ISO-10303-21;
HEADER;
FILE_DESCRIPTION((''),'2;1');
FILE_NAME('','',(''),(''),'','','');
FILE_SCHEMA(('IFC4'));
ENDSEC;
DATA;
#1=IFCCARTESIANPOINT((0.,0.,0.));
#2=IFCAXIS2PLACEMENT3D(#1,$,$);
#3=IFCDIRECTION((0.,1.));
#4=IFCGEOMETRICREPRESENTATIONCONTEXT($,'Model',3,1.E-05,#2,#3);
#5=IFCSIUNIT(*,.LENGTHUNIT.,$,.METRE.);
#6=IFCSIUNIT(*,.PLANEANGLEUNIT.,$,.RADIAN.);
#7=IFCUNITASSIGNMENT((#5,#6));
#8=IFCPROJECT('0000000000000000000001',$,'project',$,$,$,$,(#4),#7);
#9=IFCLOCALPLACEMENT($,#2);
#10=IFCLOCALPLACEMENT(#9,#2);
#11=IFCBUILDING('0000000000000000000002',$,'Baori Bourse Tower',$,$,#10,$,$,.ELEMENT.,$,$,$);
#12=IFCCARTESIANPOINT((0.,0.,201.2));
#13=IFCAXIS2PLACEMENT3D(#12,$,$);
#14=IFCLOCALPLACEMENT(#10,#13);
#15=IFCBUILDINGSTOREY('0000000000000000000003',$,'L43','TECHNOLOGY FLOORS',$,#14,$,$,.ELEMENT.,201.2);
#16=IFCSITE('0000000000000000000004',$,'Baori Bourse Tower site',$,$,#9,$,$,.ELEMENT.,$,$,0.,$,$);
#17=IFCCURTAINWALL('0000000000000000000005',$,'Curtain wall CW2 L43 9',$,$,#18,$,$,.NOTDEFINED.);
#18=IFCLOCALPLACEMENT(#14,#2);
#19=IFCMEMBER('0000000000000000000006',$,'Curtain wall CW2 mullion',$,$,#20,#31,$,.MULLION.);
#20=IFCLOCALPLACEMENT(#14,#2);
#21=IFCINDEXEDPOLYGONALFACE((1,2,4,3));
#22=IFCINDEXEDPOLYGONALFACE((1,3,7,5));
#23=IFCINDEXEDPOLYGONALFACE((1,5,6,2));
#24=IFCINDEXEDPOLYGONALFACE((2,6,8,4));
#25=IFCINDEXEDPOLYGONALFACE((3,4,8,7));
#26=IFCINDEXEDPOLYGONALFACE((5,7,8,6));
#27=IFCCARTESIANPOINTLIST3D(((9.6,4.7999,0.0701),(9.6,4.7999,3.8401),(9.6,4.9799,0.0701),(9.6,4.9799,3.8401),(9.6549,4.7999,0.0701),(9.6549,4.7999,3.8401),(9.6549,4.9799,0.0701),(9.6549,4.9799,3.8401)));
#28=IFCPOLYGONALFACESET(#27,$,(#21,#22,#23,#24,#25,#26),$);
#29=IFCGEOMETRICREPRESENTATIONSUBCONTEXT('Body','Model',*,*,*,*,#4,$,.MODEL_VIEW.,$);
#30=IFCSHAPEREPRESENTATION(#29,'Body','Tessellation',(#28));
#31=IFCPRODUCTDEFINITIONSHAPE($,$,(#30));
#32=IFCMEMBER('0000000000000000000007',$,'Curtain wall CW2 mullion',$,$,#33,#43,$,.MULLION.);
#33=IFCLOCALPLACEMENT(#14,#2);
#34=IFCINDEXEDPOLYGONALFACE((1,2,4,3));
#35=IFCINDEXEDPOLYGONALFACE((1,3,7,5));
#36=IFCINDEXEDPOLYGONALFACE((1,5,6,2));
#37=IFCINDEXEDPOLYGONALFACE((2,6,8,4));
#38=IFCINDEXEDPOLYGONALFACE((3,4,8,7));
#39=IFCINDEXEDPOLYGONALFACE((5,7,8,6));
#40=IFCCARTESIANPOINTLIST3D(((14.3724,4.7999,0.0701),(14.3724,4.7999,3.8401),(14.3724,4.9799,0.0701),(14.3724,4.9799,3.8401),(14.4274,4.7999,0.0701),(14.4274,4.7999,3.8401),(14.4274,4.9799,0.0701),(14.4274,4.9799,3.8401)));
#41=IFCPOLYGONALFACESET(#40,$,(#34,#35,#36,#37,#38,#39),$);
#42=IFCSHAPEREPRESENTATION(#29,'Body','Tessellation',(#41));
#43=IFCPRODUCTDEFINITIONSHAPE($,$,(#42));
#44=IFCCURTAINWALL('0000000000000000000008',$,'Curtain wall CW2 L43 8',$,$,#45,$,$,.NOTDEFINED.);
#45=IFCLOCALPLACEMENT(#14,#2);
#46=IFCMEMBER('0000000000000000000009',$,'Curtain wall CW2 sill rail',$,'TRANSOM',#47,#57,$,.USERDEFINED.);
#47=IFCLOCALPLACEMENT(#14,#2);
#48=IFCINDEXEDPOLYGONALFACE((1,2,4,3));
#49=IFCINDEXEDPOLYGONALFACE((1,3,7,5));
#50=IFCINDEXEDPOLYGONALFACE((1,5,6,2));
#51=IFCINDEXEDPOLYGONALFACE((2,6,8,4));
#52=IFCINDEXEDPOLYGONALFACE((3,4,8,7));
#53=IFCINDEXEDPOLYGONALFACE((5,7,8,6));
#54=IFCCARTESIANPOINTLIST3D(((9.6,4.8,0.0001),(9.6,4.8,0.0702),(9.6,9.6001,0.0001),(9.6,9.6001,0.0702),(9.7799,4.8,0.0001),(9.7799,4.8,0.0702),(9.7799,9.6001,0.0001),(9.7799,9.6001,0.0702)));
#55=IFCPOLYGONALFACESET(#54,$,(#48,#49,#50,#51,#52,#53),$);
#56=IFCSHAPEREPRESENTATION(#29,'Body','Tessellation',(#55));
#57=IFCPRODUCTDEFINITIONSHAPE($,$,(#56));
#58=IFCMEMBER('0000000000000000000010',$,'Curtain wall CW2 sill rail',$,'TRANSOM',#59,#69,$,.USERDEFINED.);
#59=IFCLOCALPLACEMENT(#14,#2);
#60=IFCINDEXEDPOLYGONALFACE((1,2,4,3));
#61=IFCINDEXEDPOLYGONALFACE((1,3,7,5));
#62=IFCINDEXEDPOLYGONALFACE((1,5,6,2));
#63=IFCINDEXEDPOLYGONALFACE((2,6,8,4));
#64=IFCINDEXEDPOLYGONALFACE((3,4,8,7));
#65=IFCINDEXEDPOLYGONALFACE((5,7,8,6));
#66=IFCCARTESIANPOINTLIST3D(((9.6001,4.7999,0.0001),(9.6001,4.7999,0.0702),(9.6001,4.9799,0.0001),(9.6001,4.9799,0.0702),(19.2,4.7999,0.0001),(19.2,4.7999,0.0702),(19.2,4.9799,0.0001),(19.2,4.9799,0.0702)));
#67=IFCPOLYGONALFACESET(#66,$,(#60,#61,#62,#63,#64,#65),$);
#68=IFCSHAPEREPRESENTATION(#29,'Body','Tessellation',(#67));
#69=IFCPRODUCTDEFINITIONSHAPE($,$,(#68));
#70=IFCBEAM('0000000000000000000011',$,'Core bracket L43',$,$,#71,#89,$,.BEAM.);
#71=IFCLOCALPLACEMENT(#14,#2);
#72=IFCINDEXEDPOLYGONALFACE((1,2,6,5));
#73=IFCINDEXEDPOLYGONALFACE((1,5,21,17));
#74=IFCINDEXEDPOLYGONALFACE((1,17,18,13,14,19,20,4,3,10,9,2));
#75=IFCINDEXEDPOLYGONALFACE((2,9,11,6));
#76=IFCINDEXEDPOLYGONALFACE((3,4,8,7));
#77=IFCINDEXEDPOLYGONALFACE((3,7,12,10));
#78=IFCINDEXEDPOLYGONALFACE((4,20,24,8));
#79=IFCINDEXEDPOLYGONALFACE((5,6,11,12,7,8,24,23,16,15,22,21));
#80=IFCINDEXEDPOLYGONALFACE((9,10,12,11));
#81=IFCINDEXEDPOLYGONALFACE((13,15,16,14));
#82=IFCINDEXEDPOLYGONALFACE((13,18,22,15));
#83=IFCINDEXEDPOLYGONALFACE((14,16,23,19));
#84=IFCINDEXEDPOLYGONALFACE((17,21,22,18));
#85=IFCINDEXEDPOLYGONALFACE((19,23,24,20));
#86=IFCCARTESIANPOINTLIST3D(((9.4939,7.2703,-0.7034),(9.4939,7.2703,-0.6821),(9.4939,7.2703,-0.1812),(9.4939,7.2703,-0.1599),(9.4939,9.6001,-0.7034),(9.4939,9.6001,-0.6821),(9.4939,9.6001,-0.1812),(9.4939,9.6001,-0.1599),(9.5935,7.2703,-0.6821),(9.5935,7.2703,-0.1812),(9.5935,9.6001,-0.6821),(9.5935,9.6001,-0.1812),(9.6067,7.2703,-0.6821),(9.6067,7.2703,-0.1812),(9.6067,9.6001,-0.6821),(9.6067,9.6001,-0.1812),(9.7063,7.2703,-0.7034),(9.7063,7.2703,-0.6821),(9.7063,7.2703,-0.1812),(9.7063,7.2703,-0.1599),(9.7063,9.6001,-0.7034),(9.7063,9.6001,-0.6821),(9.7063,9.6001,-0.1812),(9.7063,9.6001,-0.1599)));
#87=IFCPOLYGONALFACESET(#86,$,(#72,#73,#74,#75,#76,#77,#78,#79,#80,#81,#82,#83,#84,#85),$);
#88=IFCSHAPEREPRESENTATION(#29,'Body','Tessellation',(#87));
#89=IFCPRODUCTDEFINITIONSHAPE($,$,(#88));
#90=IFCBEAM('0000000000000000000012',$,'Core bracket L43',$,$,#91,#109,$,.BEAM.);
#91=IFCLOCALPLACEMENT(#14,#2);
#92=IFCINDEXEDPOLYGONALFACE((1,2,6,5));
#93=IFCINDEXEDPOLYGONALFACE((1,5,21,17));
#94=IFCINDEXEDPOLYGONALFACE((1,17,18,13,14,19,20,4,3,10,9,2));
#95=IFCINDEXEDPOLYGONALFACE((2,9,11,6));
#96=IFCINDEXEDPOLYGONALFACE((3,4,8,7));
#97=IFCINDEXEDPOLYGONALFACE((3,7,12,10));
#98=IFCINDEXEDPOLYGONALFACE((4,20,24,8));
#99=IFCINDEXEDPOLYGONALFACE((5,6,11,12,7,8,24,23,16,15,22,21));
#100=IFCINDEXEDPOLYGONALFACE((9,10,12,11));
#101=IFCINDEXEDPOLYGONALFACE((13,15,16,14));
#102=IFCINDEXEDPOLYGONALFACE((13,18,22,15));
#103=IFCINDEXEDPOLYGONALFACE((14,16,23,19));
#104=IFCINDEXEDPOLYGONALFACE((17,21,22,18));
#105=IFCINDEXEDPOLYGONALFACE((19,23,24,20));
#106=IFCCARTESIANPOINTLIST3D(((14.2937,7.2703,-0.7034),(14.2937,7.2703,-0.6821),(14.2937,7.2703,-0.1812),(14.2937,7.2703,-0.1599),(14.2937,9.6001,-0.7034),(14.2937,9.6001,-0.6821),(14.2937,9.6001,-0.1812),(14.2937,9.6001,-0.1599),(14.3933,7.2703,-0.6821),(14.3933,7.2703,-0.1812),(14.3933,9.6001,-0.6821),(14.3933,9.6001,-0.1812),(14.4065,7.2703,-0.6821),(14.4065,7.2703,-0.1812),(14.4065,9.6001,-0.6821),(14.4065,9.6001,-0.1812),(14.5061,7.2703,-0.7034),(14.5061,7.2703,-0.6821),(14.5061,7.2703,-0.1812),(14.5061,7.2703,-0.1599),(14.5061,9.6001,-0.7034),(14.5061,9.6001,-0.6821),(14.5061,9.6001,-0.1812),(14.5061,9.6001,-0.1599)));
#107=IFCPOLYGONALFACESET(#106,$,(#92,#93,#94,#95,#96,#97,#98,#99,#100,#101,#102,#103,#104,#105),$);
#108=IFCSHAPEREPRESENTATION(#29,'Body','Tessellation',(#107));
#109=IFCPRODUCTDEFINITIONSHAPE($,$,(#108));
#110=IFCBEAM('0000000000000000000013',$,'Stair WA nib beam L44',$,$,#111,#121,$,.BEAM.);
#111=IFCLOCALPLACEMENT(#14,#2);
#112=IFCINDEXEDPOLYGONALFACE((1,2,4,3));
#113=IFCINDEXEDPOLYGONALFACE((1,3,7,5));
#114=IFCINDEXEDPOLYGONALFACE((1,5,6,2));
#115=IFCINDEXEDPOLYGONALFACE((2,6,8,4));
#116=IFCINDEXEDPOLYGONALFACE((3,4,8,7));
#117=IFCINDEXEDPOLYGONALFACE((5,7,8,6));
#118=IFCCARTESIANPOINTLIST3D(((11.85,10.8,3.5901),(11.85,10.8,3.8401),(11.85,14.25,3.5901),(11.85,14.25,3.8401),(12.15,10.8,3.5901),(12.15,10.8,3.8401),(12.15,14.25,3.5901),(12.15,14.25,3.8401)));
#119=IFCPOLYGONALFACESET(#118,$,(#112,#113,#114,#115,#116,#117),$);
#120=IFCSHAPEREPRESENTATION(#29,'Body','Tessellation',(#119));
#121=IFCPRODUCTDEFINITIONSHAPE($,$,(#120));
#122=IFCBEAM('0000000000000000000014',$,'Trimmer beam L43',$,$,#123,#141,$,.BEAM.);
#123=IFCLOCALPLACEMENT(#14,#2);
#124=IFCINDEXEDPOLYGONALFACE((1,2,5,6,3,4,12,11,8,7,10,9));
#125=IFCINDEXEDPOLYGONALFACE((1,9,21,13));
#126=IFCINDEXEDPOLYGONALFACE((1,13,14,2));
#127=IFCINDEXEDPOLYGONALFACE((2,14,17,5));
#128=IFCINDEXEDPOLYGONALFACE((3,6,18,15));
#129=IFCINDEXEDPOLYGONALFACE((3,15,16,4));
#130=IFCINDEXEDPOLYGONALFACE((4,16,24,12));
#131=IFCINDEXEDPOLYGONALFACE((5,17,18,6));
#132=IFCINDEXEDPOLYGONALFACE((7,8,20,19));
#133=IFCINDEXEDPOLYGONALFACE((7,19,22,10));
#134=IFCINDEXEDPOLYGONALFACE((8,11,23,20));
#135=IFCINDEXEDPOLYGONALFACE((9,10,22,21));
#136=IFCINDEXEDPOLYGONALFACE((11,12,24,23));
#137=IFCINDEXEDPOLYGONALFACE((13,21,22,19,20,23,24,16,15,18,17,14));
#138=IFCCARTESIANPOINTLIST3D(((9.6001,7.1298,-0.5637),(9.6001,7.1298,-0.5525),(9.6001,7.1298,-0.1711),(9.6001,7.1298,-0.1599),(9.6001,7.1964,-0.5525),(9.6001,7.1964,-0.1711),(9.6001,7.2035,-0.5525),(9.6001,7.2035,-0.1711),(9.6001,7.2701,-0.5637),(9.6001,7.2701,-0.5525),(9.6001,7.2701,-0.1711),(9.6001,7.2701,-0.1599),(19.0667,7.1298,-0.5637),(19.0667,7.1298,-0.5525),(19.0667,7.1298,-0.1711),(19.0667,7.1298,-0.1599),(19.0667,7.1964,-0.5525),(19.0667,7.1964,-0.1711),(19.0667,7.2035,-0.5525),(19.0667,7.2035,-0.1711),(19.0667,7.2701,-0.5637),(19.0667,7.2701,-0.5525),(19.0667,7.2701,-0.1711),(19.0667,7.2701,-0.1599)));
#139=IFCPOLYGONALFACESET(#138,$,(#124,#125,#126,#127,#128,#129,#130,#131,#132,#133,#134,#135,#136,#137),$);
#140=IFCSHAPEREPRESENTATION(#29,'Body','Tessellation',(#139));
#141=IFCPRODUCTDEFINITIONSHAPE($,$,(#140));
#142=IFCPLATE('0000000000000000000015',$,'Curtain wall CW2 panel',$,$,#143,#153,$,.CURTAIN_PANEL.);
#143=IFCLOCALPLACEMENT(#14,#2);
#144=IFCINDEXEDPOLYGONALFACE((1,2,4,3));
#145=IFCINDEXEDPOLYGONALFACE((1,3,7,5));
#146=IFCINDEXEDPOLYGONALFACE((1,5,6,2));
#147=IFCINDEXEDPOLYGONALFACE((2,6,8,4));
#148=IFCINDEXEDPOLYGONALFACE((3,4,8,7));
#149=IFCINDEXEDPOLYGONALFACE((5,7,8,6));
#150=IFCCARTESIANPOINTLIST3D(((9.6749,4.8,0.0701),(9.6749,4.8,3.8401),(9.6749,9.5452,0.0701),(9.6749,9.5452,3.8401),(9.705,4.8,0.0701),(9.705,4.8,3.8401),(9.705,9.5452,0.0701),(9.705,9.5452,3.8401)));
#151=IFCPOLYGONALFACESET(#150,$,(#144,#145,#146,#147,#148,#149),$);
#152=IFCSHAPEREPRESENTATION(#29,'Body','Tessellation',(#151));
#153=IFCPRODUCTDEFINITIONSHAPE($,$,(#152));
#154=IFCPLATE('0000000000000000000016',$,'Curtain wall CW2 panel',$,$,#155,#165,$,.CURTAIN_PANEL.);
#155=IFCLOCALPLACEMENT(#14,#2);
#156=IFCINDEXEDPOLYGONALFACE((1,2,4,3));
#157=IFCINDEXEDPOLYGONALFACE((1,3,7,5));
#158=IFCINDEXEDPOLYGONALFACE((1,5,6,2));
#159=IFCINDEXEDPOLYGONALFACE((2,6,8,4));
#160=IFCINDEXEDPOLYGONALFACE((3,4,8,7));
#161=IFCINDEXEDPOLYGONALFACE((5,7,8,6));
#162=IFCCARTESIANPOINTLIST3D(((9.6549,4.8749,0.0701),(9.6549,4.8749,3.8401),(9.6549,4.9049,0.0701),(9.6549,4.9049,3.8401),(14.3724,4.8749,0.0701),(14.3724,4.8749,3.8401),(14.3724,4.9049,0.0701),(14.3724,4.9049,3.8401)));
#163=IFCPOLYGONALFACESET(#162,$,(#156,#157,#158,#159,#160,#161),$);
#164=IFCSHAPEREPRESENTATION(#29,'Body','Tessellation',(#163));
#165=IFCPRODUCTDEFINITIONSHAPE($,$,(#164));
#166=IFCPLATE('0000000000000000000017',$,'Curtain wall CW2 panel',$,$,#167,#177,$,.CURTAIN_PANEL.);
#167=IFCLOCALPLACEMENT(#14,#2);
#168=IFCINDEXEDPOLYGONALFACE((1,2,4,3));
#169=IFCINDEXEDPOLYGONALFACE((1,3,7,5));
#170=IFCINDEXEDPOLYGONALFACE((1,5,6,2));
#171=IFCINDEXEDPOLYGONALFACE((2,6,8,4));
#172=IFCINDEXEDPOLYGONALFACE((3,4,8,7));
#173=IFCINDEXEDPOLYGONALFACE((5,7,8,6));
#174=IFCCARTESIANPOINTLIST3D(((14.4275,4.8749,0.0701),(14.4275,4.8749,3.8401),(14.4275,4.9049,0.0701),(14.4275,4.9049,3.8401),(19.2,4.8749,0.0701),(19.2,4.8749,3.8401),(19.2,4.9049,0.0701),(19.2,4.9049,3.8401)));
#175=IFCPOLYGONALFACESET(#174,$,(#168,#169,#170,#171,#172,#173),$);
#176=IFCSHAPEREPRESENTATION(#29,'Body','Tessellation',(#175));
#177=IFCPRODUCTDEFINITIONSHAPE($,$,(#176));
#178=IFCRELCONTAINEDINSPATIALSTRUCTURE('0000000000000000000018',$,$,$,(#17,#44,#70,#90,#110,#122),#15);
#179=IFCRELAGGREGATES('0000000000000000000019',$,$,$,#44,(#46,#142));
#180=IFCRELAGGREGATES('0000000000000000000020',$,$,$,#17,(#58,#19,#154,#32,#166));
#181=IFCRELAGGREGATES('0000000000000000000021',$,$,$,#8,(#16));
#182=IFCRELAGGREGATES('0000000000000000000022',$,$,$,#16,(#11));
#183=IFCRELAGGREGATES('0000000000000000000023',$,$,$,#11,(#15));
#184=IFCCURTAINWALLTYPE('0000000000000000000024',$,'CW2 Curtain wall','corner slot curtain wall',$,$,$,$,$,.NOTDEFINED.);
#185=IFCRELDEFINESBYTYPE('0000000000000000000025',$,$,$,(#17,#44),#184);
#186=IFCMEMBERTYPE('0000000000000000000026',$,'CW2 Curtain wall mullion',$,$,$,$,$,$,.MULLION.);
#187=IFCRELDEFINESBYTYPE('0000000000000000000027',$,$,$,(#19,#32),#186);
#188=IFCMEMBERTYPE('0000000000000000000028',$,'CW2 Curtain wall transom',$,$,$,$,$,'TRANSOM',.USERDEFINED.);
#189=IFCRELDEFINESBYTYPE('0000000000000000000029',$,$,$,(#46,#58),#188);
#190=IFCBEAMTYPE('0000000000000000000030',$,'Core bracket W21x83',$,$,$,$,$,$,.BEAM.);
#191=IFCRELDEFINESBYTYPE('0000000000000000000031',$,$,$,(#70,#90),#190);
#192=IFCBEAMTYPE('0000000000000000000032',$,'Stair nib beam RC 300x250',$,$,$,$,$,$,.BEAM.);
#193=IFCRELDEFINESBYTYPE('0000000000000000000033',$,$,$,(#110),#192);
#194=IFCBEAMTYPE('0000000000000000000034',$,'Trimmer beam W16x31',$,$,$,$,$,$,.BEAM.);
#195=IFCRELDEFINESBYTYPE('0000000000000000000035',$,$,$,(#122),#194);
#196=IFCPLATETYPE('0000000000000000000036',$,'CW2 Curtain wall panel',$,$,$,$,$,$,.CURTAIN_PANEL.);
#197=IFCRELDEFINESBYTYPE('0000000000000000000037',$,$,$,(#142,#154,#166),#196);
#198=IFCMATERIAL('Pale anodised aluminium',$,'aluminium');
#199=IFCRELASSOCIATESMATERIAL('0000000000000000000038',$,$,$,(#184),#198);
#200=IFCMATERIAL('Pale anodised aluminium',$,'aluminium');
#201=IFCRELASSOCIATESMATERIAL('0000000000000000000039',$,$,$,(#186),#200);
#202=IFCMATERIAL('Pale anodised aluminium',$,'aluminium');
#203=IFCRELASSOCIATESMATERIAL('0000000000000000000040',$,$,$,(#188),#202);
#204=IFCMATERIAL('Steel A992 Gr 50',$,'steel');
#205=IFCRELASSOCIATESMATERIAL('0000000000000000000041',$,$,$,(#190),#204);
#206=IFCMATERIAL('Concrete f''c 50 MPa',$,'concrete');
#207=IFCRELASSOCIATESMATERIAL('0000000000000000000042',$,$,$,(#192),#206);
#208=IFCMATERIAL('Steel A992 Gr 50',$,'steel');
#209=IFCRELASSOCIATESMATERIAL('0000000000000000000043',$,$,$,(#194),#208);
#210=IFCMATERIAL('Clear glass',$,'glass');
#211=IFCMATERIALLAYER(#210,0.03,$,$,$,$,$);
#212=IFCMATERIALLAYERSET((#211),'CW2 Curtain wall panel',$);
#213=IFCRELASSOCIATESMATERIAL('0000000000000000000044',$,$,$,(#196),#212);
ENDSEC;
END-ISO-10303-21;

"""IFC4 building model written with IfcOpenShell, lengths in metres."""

from ifc_helpers import new_model, si_unit, direction, frame, origin, origin_2d, place, context, subcontext, project, spatial, rectangle, i_section, extrude, material, layer, layer_set, material_profile, profile_set, type_object, element, aggregate, save


model = new_model("IFC4")

# Units and contexts
model_context = context("Model", 3, precision=1e-05, world=origin(), true_north=direction((0.0, 1.0)))
body_context = subcontext(model_context, "Body", "Model", "MODEL_VIEW")
ifc_project = project(units=[si_unit("LENGTHUNIT", "METRE"), si_unit("PLANEANGLEUNIT", "RADIAN")], contexts=[model_context])

# Site, building, storey
site_placement = place(None, origin())
site = spatial("IfcSite", under=ifc_project, at=site_placement, Name="Baori Bourse Tower site", CompositionType="ELEMENT", RefElevation=0.0)
building_placement = place(site_placement, origin())
building = spatial("IfcBuilding", under=site, at=building_placement, Name="Baori Bourse Tower", CompositionType="ELEMENT")
storey_placement = place(building_placement, frame((0.0, 0.0, 201.2)))
storey = spatial("IfcBuildingStorey", under=building, at=storey_placement, Name="L43", Description="TECHNOLOGY FLOORS", CompositionType="ELEMENT", Elevation=201.2)

# Curtain wall, members
ifc_material_1 = material(Name="Pale anodised aluminium", Category="aluminium")
curtain_wall_type = type_object("IfcCurtainWallType", Name="CW2 Curtain wall", Description="corner slot curtain wall", PredefinedType="NOTDEFINED", material=ifc_material_1)
curtain_wall_1_placement = place(storey_placement, origin())
curtain_wall_1 = element("IfcCurtainWall", 1, at=curtain_wall_1_placement, inside=storey, type_object=curtain_wall_type, Name="Curtain wall CW2 L43 9", PredefinedType="NOTDEFINED")
ifc_material_2 = material(Name="Pale anodised aluminium", Category="aluminium")
ifc_material_profile_1 = material_profile(ifc_material_2, rectangle(XDim=0.1799, YDim=0.0549, at=origin_2d()), Name="Mullion 55x180")
ifc_profile_set_1 = profile_set([ifc_material_profile_1], Name="Pale anodised aluminium")
member_type_1 = type_object("IfcMemberType", Name="CW2 Curtain wall mullion", PredefinedType="MULLION", material=ifc_profile_set_1)
member_1_placement = place(storey_placement, frame((9.6274, 4.8899, 0.0701), z_axis=(0.0, 0.0, 1.0), x_axis=(0.0, 1.0, 0.0)))
member_1 = element("IfcMember", 2, at=member_1_placement, type_object=member_type_1, Name="Curtain wall CW2 mullion", PredefinedType="MULLION", context=body_context, shape_type="SweptSolid", body=[
    extrude(rectangle(XDim=0.1799, YDim=0.0549, at=origin_2d()), origin(), (0.0, 0.0, 1.0), 3.77),
])
member_2_placement = place(storey_placement, frame((14.3999, 4.8899, 0.0701), z_axis=(0.0, 0.0, 1.0), x_axis=(0.0, 1.0, 0.0)))
member_2 = element("IfcMember", 3, at=member_2_placement, type_object=member_type_1, Name="Curtain wall CW2 mullion", PredefinedType="MULLION", context=body_context, shape_type="SweptSolid", body=[
    extrude(rectangle(XDim=0.1799, YDim=0.0549, at=origin_2d()), origin(), (0.0, 0.0, 1.0), 3.77),
])

# Curtain wall, member
curtain_wall_2_placement = place(storey_placement, origin())
curtain_wall_2 = element("IfcCurtainWall", 4, at=curtain_wall_2_placement, inside=storey, type_object=curtain_wall_type, Name="Curtain wall CW2 L43 8", PredefinedType="NOTDEFINED")
ifc_material_3 = material(Name="Pale anodised aluminium", Category="aluminium")
ifc_material_profile_2 = material_profile(ifc_material_3, rectangle(XDim=0.1799, YDim=0.0701, at=origin_2d()), Name="Transom 70x180")
ifc_profile_set_2 = profile_set([ifc_material_profile_2], Name="Pale anodised aluminium")
member_type_2 = type_object("IfcMemberType", Name="CW2 Curtain wall transom", ElementType="TRANSOM", PredefinedType="USERDEFINED", material=ifc_profile_set_2)
member_3_placement = place(storey_placement, frame((9.6899, 9.6001, 0.0352), z_axis=(0.0, -1.0, 0.0), x_axis=(1.0, 0.0, 0.0)))
member_3 = element("IfcMember", 5, at=member_3_placement, type_object=member_type_2, Name="Curtain wall CW2 sill rail", ObjectType="TRANSOM", PredefinedType="USERDEFINED", context=body_context, shape_type="SweptSolid", body=[
    extrude(rectangle(XDim=0.1799, YDim=0.0701, at=origin_2d()), origin(), (0.0, 0.0, 1.0), 4.8),
])

# Member
member_4_placement = place(storey_placement, frame((9.6001, 4.8899, 0.0352), z_axis=(1.0, 0.0, 0.0), x_axis=(0.0, 1.0, 0.0)))
member_4 = element("IfcMember", 6, at=member_4_placement, type_object=member_type_2, Name="Curtain wall CW2 sill rail", ObjectType="TRANSOM", PredefinedType="USERDEFINED", context=body_context, shape_type="SweptSolid", body=[
    extrude(rectangle(XDim=0.1799, YDim=0.0701, at=origin_2d()), origin(), (0.0, 0.0, 1.0), 9.5999),
])

# Beams
ifc_material_4 = material(Name="Steel A992 Gr 50", Category="steel")
ifc_material_profile_3 = material_profile(ifc_material_4, i_section(OverallWidth=0.2124, OverallDepth=0.5435, WebThickness=0.0132, FlangeThickness=0.0212, at=origin_2d()), Name="W21x83")
ifc_profile_set_3 = profile_set([ifc_material_profile_3], Name="Steel A992 Gr 50")
beam_type_1 = type_object("IfcBeamType", Name="Core bracket W21x83", PredefinedType="BEAM", material=ifc_profile_set_3)
for number, where, z_axis, x_axis, name in (
    (7, (9.6001, 7.2703, -0.4316), (0.0, 1.0, 0.0), (-1.0, 0.0, 0.0), "Core bracket L43"),
    (8, (14.3999, 7.2703, -0.4316), (0.0, 1.0, 0.0), (-1.0, 0.0, 0.0), "Core bracket L43"),
):
    element("IfcBeam", number, at=place(storey_placement, frame(where, z_axis=z_axis, x_axis=x_axis)), inside=storey, type_object=beam_type_1, Name=name, PredefinedType="BEAM", context=body_context, shape_type="SweptSolid", body=[
        extrude(i_section(OverallWidth=0.2124, OverallDepth=0.5435, WebThickness=0.0132, FlangeThickness=0.0212, at=origin_2d()), origin(), (0.0, 0.0, 1.0), 2.3298),
    ])
ifc_material_5 = material(Name="Concrete f'c 50 MPa", Category="concrete")
ifc_material_profile_4 = material_profile(ifc_material_5, rectangle(XDim=0.3, YDim=0.25, at=origin_2d()), Name="RC 300x250")
ifc_profile_set_4 = profile_set([ifc_material_profile_4], Name="Concrete f'c 50 MPa")
beam_type_2 = type_object("IfcBeamType", Name="Stair nib beam RC 300x250", PredefinedType="BEAM", material=ifc_profile_set_4)
beam_1_placement = place(storey_placement, frame((12.0, 10.8, 3.7151), z_axis=(0.0, 1.0, 0.0), x_axis=(-1.0, 0.0, 0.0)))
element("IfcBeam", 9, at=beam_1_placement, inside=storey, type_object=beam_type_2, Name="Stair WA nib beam L44", PredefinedType="BEAM", context=body_context, shape_type="SweptSolid", body=[
    extrude(rectangle(XDim=0.3, YDim=0.25, at=origin_2d()), origin(), (0.0, 0.0, 1.0), 3.45),
])
ifc_material_6 = material(Name="Steel A992 Gr 50", Category="steel")
ifc_material_profile_5 = material_profile(ifc_material_6, i_section(OverallWidth=0.1404, OverallDepth=0.4038, WebThickness=0.0071, FlangeThickness=0.0112, at=origin_2d()), Name="W16x31")
ifc_profile_set_5 = profile_set([ifc_material_profile_5], Name="Steel A992 Gr 50")
beam_type_3 = type_object("IfcBeamType", Name="Trimmer beam W16x31", PredefinedType="BEAM", material=ifc_profile_set_5)
beam_2_placement = place(storey_placement, frame((9.6001, 7.2, -0.3618), z_axis=(1.0, 0.0, 0.0), x_axis=(0.0, 1.0, 0.0)))
element("IfcBeam", 10, at=beam_2_placement, inside=storey, type_object=beam_type_3, Name="Trimmer beam L43", PredefinedType="BEAM", context=body_context, shape_type="SweptSolid", body=[
    extrude(i_section(OverallWidth=0.1404, OverallDepth=0.4038, WebThickness=0.0071, FlangeThickness=0.0112, at=origin_2d()), origin(), (0.0, 0.0, 1.0), 9.4666),
])

# Plates
ifc_material_7 = material(Name="Clear glass", Category="glass")
ifc_layer_1 = layer(ifc_material_7, 0.03)
ifc_layer_set_1 = layer_set([ifc_layer_1], Name="CW2 Curtain wall panel")
plate_type = type_object("IfcPlateType", Name="CW2 Curtain wall panel", PredefinedType="CURTAIN_PANEL", material=ifc_layer_set_1)
plate_1_placement = place(storey_placement, frame((9.6899, 7.1726, 0.0701), z_axis=(0.0, 0.0, 1.0), x_axis=(0.0, -1.0, 0.0)))
plate_1 = element("IfcPlate", 11, at=plate_1_placement, type_object=plate_type, Name="Curtain wall CW2 panel", PredefinedType="CURTAIN_PANEL", context=body_context, shape_type="SweptSolid", body=[
    extrude(rectangle(XDim=4.7451, YDim=0.03, at=origin_2d()), origin(), (0.0, 0.0, 1.0), 3.77),
])
aggregate(curtain_wall_2, [member_3, plate_1])
plate_2_placement = place(storey_placement, frame((12.0137, 4.8899, 0.0701), z_axis=(0.0, 0.0, 1.0), x_axis=(1.0, 0.0, 0.0)))
plate_2 = element("IfcPlate", 12, at=plate_2_placement, type_object=plate_type, Name="Curtain wall CW2 panel", PredefinedType="CURTAIN_PANEL", context=body_context, shape_type="SweptSolid", body=[
    extrude(rectangle(XDim=4.7175, YDim=0.03, at=origin_2d()), origin(), (0.0, 0.0, 1.0), 3.77),
])
plate_3_placement = place(storey_placement, frame((16.8137, 4.8899, 0.0701), z_axis=(0.0, 0.0, 1.0), x_axis=(1.0, 0.0, 0.0)))
plate_3 = element("IfcPlate", 13, at=plate_3_placement, type_object=plate_type, Name="Curtain wall CW2 panel", PredefinedType="CURTAIN_PANEL", context=body_context, shape_type="SweptSolid", body=[
    extrude(rectangle(XDim=4.7725, YDim=0.03, at=origin_2d()), origin(), (0.0, 0.0, 1.0), 3.77),
])
aggregate(curtain_wall_1, [member_4, member_1, plate_2, member_2, plate_3])

save(model, "model.ifc")
